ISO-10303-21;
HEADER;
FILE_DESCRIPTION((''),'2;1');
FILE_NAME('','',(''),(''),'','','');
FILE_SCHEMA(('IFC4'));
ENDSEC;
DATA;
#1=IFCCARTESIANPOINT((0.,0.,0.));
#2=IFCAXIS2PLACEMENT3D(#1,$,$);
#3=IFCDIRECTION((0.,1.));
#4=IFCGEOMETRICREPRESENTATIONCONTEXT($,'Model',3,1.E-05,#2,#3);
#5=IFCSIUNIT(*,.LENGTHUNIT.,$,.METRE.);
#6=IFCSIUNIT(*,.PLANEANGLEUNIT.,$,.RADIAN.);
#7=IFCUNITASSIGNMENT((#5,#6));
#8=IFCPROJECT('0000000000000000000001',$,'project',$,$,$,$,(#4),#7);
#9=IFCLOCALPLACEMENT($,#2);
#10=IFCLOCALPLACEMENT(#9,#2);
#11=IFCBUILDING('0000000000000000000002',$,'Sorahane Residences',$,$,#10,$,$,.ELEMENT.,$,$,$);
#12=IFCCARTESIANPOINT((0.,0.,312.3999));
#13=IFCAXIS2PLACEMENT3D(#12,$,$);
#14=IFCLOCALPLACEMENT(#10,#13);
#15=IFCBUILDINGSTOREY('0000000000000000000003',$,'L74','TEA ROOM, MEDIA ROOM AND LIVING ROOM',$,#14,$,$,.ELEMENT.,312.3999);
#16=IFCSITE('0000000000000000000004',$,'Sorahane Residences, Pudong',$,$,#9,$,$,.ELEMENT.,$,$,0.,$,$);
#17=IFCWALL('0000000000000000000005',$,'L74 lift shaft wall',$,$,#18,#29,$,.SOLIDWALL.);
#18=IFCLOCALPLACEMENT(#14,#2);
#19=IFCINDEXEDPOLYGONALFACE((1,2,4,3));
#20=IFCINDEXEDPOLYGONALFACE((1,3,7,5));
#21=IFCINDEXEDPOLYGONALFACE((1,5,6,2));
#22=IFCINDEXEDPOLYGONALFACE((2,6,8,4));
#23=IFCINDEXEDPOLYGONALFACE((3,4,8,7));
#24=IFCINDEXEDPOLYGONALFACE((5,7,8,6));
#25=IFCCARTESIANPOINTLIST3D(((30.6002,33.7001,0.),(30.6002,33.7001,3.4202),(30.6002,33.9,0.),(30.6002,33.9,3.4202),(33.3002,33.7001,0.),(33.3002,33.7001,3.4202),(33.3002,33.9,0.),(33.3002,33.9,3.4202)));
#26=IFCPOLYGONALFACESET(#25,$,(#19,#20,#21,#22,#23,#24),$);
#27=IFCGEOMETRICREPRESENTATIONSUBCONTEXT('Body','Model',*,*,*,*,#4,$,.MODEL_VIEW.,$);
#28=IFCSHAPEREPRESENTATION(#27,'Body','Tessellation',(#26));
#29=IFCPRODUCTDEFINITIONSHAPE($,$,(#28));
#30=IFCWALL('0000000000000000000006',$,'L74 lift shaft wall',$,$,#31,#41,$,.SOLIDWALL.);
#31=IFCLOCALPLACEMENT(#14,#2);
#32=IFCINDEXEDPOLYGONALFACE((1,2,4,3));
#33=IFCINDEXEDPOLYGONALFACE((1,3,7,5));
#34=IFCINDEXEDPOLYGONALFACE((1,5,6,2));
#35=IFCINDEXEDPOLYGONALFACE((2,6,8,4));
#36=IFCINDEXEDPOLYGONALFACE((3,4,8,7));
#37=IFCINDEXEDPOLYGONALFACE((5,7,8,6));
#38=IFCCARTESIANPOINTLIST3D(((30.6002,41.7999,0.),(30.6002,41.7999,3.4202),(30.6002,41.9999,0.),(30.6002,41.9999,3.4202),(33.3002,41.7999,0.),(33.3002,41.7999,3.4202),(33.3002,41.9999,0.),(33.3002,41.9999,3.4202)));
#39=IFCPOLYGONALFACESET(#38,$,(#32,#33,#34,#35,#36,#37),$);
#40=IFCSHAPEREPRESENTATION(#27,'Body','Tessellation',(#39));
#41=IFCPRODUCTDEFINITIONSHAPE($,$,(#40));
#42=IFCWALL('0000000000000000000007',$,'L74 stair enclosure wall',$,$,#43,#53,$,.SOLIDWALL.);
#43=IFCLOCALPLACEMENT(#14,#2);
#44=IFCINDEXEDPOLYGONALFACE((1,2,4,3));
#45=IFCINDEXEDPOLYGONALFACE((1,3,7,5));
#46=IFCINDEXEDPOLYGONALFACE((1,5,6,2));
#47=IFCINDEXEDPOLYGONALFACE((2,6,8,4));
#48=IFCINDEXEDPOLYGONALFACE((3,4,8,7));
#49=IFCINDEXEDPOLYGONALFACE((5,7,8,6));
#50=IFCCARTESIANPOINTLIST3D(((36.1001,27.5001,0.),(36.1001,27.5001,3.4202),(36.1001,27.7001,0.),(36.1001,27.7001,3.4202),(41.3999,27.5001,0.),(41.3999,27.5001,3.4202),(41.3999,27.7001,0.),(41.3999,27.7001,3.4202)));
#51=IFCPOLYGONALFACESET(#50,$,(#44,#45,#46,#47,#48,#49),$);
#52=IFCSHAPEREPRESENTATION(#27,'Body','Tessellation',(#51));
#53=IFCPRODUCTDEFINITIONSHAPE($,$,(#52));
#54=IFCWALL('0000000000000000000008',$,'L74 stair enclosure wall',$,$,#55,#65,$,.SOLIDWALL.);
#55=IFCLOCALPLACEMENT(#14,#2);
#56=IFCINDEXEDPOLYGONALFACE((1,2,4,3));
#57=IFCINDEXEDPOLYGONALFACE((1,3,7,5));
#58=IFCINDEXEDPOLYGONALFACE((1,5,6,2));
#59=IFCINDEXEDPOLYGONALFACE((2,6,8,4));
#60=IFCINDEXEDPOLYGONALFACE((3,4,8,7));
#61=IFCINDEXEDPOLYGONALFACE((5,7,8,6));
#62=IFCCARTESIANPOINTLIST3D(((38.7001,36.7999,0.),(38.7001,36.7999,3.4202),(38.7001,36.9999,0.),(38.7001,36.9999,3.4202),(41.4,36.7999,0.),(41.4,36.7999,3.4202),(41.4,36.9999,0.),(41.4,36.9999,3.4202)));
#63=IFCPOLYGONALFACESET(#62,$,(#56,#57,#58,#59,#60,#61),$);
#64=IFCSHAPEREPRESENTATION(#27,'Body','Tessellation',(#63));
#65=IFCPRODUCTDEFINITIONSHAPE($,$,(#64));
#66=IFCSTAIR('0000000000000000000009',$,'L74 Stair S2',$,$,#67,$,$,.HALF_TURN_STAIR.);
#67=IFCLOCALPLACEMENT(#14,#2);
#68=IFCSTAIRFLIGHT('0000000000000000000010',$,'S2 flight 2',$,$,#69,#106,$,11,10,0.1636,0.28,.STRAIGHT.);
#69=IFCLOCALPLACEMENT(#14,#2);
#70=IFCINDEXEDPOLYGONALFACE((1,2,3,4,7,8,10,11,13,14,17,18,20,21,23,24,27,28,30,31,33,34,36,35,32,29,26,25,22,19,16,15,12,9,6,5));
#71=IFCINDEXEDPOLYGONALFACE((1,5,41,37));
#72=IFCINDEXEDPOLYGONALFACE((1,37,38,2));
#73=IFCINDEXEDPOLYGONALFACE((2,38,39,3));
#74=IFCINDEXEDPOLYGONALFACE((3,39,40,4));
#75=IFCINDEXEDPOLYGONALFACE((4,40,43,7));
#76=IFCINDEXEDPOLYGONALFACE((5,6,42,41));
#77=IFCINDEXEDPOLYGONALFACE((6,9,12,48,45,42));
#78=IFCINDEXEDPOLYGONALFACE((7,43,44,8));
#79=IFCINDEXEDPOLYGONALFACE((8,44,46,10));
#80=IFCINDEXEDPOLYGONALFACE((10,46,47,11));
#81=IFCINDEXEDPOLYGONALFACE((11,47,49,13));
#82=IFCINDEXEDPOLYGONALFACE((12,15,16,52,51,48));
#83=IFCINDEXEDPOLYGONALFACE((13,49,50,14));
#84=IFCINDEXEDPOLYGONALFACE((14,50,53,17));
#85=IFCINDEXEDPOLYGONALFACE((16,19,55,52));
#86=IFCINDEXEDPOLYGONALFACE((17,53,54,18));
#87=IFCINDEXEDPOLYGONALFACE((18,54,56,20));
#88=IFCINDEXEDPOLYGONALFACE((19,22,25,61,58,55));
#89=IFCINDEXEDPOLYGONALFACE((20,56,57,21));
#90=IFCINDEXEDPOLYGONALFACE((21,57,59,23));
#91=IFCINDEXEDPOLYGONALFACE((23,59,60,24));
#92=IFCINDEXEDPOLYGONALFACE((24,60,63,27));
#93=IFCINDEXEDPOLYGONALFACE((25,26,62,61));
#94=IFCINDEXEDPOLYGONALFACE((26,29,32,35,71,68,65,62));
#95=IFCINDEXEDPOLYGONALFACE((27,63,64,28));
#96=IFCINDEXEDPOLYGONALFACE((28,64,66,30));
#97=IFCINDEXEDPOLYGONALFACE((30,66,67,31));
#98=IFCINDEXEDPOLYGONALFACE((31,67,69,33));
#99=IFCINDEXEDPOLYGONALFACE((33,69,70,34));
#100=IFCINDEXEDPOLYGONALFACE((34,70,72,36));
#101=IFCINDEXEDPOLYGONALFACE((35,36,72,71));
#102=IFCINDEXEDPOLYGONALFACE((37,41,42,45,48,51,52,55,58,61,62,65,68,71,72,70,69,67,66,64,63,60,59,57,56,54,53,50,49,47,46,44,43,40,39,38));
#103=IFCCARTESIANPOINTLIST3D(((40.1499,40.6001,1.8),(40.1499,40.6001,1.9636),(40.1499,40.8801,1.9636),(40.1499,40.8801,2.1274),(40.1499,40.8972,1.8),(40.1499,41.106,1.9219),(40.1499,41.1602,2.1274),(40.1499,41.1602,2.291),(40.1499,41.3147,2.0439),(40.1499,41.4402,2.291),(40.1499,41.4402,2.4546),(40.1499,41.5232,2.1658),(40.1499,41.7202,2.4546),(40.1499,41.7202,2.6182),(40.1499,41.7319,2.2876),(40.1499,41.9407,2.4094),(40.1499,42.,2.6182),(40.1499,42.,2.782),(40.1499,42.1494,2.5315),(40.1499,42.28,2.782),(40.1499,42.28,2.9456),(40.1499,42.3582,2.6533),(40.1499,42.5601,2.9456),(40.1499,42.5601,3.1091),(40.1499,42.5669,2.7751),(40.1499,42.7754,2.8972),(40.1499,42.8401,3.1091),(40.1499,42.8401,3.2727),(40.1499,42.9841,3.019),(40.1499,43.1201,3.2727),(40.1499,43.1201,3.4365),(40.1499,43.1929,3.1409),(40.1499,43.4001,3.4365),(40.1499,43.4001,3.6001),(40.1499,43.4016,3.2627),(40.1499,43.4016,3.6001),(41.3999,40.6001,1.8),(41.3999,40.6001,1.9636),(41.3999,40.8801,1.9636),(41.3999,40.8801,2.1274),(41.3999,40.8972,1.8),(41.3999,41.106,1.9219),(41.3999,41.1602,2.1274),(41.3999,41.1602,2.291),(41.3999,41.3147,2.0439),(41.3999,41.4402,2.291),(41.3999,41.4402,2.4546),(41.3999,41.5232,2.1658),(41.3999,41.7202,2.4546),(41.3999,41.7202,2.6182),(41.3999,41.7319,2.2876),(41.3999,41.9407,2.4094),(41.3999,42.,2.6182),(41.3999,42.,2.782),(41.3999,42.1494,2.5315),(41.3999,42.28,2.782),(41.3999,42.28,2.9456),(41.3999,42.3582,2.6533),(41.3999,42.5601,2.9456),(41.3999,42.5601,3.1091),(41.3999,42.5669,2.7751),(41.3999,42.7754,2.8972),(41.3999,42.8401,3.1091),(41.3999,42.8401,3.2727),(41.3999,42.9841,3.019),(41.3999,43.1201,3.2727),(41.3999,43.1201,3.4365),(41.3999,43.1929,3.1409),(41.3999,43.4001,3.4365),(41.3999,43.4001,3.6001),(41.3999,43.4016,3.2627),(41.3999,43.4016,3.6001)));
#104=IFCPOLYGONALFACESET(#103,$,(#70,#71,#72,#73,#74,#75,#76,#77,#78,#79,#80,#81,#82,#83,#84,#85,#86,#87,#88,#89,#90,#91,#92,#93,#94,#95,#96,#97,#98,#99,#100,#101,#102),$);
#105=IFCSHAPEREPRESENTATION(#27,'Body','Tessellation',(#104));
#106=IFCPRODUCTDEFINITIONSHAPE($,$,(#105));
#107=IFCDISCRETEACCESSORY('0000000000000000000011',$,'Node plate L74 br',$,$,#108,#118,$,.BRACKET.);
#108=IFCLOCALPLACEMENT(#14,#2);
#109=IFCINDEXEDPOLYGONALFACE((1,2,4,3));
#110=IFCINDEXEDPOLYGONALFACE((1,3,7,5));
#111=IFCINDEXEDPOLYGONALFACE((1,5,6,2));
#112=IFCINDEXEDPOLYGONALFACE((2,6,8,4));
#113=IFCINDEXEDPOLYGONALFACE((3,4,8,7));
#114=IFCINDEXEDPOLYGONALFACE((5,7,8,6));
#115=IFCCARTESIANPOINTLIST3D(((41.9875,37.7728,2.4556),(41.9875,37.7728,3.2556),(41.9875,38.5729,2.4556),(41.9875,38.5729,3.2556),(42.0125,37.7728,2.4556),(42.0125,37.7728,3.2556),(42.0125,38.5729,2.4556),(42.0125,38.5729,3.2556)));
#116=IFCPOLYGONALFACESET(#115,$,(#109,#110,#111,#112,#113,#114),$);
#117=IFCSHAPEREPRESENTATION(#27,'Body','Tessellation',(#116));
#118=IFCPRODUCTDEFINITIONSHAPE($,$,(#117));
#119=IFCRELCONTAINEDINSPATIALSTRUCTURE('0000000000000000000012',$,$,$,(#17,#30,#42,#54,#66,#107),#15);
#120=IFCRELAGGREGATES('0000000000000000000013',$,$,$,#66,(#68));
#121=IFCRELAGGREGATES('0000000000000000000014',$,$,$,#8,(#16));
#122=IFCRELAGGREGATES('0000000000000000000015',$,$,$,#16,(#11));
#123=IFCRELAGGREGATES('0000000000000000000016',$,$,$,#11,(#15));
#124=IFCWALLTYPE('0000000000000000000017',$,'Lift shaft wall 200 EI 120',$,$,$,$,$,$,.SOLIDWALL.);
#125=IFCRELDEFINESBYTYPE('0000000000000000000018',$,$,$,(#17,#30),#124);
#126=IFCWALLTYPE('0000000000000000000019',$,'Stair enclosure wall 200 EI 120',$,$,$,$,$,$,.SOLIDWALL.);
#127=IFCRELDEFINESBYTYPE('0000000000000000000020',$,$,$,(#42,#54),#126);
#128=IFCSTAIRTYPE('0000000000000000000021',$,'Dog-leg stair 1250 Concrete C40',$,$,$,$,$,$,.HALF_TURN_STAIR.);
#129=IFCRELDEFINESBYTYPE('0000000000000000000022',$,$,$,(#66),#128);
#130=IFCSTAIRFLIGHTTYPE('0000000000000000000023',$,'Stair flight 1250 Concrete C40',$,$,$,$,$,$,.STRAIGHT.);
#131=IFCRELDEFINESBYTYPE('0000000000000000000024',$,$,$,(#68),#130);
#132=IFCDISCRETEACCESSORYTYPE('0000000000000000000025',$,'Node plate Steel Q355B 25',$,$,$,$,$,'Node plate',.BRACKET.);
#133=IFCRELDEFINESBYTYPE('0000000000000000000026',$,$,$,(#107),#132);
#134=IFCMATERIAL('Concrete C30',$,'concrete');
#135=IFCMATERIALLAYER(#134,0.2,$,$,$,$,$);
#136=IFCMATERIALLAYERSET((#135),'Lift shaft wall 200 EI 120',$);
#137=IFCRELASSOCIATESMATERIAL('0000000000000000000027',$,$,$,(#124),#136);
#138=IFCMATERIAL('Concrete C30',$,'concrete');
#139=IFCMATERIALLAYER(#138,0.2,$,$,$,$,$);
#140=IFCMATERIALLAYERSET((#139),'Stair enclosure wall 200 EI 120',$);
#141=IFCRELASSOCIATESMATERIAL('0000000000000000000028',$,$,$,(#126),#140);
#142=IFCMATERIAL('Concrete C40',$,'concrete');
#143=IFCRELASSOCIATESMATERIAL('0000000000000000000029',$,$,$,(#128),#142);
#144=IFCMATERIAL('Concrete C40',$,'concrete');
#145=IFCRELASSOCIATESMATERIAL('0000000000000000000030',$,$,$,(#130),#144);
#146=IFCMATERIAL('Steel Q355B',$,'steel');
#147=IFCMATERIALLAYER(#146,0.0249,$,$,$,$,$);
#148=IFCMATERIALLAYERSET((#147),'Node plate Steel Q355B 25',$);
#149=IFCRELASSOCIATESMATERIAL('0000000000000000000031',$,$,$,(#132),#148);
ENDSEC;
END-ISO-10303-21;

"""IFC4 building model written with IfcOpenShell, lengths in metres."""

from ifc_helpers import new_model, si_unit, direction, frame, frame_2d, origin, origin_2d, place, context, subcontext, project, spatial, polyline, rectangle, outline, extrude, material, layer, layer_set, type_object, element, aggregate, save


model = new_model("IFC4")

# Units and contexts
model_context = context("Model", 3, precision=1e-05, world=origin(), true_north=direction((0.0, 1.0)))
body_context = subcontext(model_context, "Body", "Model", "MODEL_VIEW")
ifc_project = project(units=[si_unit("LENGTHUNIT", "METRE"), si_unit("PLANEANGLEUNIT", "RADIAN")], contexts=[model_context])

# Site, building, storey
site_placement = place(None, origin())
site = spatial("IfcSite", under=ifc_project, at=site_placement, Name="Sorahane Residences, Pudong", CompositionType="ELEMENT", RefElevation=0.0)
building_placement = place(site_placement, origin())
building = spatial("IfcBuilding", under=site, at=building_placement, Name="Sorahane Residences", CompositionType="ELEMENT")
storey_placement = place(building_placement, frame((0.0, 0.0, 312.3999)))
storey = spatial("IfcBuildingStorey", under=building, at=storey_placement, Name="L74", Description="TEA ROOM, MEDIA ROOM AND LIVING ROOM", CompositionType="ELEMENT", Elevation=312.3999)

# Shared definitions
ifc_material_1 = material(Name="Concrete C30", Category="concrete")
ifc_layer_1 = layer(ifc_material_1, 0.2)
ifc_layer_set_1 = layer_set([ifc_layer_1], Name="Lift shaft wall 200 EI 120")
wall_type_1 = type_object("IfcWallType", Name="Lift shaft wall 200 EI 120", PredefinedType="SOLIDWALL", material=ifc_layer_set_1)

# Walls
for number, where, z_axis, x_axis, name in (
    (1, (30.6001, 33.8, 0.0), (0.0, 0.0, 1.0), (1.0, 0.0, 0.0), "L74 lift shaft wall"),
    (2, (30.6001, 41.8999, 0.0), (0.0, 0.0, 1.0), (1.0, 0.0, 0.0), "L74 lift shaft wall"),
):
    element("IfcWall", number, at=place(storey_placement, frame(where, z_axis=z_axis, x_axis=x_axis)), inside=storey, type_object=wall_type_1, Name=name, PredefinedType="SOLIDWALL", context=body_context, shape_type="SweptSolid", body=[
        extrude(rectangle(XDim=2.7, YDim=0.2, at=frame_2d((1.3501, 0.0))), origin(), (0.0, 0.0, 1.0), 3.4202),
    ])
ifc_material_2 = material(Name="Concrete C30", Category="concrete")
ifc_layer_2 = layer(ifc_material_2, 0.2)
ifc_layer_set_2 = layer_set([ifc_layer_2], Name="Stair enclosure wall 200 EI 120")
wall_type_2 = type_object("IfcWallType", Name="Stair enclosure wall 200 EI 120", PredefinedType="SOLIDWALL", material=ifc_layer_set_2)
wall_1_placement = place(storey_placement, frame((36.1001, 27.6001, 0.0), z_axis=(0.0, 0.0, 1.0), x_axis=(1.0, 0.0, 0.0)))
element("IfcWall", 3, at=wall_1_placement, inside=storey, type_object=wall_type_2, Name="L74 stair enclosure wall", PredefinedType="SOLIDWALL", context=body_context, shape_type="SweptSolid", body=[
    extrude(rectangle(XDim=5.2998, YDim=0.2, at=frame_2d((2.6499, 0.0))), origin(), (0.0, 0.0, 1.0), 3.4202),
])
wall_2_placement = place(storey_placement, frame((38.7, 36.8999, 0.0), z_axis=(0.0, 0.0, 1.0), x_axis=(1.0, 0.0, 0.0)))
element("IfcWall", 4, at=wall_2_placement, inside=storey, type_object=wall_type_2, Name="L74 stair enclosure wall", PredefinedType="SOLIDWALL", context=body_context, shape_type="SweptSolid", body=[
    extrude(rectangle(XDim=2.7, YDim=0.2, at=frame_2d((1.3501, 0.0))), origin(), (0.0, 0.0, 1.0), 3.4202),
])

# Stair, stair flight
ifc_material_3 = material(Name="Concrete C40", Category="concrete")
stair_type = type_object("IfcStairType", Name="Dog-leg stair 1250 Concrete C40", PredefinedType="HALF_TURN_STAIR", material=ifc_material_3)
stair_placement = place(storey_placement, origin())
stair = element("IfcStair", 5, at=stair_placement, inside=storey, type_object=stair_type, Name="L74 Stair S2", PredefinedType="HALF_TURN_STAIR")
ifc_material_4 = material(Name="Concrete C40", Category="concrete")
stair_flight_type = type_object("IfcStairFlightType", Name="Stair flight 1250 Concrete C40", PredefinedType="STRAIGHT", material=ifc_material_4)
stair_flight_placement = place(storey_placement, frame((40.7749, 40.6001, 1.8), z_axis=(0.0, 0.0, 1.0), x_axis=(0.0, 1.0, 0.0)))
stair_flight = element("IfcStairFlight", 6, at=stair_flight_placement, type_object=stair_flight_type, Name="S2 flight 2", NumberOfRisers=11, NumberOfTreads=10, PredefinedType="STRAIGHT", RiserHeight=0.1636, TreadLength=0.28, context=body_context, shape_type="SweptSolid", body=[
    extrude(outline(polyline([(0.0, 0.0), (0.0, 0.1636), (0.28, 0.1636), (0.28, 0.3274), (0.5601, 0.3274), (0.5601, 0.491), (0.8401, 0.491), (0.8401, 0.6545), (1.1201, 0.6545), (1.1201, 0.8181), (1.3999, 0.8181), (1.3999, 0.9819), (1.6799, 0.9819), (1.6799, 1.1455), (1.96, 1.1455), (1.96, 1.3091), (2.24, 1.3091), (2.24, 1.4727), (2.52, 1.4727), (2.52, 1.6365), (2.8, 1.6365), (2.8, 1.8), (2.8015, 1.8), (2.8015, 1.4626), (2.5928, 1.3408), (2.384, 1.219), (2.1753, 1.0972), (1.9668, 0.9751), (1.7581, 0.8533), (1.5493, 0.7314), (1.3406, 0.6094), (1.1318, 0.4875), (0.9231, 0.3657), (0.7146, 0.2439), (0.5059, 0.1218), (0.2971, 0.0), (0.0, 0.0)])), frame((0.0, 0.625, 0.0), z_axis=(0.0, -1.0, 0.0), x_axis=(1.0, 0.0, 0.0)), (0.0, 0.0, 1.0), 1.25),
])
aggregate(stair, [stair_flight])

# Discrete accessory
ifc_material_5 = material(Name="Steel Q355B", Category="steel")
ifc_layer_3 = layer(ifc_material_5, 0.0249)
ifc_layer_set_3 = layer_set([ifc_layer_3], Name="Node plate Steel Q355B 25")
discrete_accessory_type = type_object("IfcDiscreteAccessoryType", Name="Node plate Steel Q355B 25", ElementType="Node plate", PredefinedType="BRACKET", material=ifc_layer_set_3)
discrete_accessory_placement = place(storey_placement, frame((42.0, 38.1729, 2.4556), z_axis=(0.0, 0.0, 1.0), x_axis=(0.0, 1.0, 0.0)))
element("IfcDiscreteAccessory", 7, at=discrete_accessory_placement, inside=storey, type_object=discrete_accessory_type, Name="Node plate L74 br", PredefinedType="BRACKET", context=body_context, shape_type="SweptSolid", body=[
    extrude(rectangle(XDim=0.8, YDim=0.0249, at=origin_2d()), origin(), (0.0, 0.0, 1.0), 0.8),
])

save(model, "model.ifc")
